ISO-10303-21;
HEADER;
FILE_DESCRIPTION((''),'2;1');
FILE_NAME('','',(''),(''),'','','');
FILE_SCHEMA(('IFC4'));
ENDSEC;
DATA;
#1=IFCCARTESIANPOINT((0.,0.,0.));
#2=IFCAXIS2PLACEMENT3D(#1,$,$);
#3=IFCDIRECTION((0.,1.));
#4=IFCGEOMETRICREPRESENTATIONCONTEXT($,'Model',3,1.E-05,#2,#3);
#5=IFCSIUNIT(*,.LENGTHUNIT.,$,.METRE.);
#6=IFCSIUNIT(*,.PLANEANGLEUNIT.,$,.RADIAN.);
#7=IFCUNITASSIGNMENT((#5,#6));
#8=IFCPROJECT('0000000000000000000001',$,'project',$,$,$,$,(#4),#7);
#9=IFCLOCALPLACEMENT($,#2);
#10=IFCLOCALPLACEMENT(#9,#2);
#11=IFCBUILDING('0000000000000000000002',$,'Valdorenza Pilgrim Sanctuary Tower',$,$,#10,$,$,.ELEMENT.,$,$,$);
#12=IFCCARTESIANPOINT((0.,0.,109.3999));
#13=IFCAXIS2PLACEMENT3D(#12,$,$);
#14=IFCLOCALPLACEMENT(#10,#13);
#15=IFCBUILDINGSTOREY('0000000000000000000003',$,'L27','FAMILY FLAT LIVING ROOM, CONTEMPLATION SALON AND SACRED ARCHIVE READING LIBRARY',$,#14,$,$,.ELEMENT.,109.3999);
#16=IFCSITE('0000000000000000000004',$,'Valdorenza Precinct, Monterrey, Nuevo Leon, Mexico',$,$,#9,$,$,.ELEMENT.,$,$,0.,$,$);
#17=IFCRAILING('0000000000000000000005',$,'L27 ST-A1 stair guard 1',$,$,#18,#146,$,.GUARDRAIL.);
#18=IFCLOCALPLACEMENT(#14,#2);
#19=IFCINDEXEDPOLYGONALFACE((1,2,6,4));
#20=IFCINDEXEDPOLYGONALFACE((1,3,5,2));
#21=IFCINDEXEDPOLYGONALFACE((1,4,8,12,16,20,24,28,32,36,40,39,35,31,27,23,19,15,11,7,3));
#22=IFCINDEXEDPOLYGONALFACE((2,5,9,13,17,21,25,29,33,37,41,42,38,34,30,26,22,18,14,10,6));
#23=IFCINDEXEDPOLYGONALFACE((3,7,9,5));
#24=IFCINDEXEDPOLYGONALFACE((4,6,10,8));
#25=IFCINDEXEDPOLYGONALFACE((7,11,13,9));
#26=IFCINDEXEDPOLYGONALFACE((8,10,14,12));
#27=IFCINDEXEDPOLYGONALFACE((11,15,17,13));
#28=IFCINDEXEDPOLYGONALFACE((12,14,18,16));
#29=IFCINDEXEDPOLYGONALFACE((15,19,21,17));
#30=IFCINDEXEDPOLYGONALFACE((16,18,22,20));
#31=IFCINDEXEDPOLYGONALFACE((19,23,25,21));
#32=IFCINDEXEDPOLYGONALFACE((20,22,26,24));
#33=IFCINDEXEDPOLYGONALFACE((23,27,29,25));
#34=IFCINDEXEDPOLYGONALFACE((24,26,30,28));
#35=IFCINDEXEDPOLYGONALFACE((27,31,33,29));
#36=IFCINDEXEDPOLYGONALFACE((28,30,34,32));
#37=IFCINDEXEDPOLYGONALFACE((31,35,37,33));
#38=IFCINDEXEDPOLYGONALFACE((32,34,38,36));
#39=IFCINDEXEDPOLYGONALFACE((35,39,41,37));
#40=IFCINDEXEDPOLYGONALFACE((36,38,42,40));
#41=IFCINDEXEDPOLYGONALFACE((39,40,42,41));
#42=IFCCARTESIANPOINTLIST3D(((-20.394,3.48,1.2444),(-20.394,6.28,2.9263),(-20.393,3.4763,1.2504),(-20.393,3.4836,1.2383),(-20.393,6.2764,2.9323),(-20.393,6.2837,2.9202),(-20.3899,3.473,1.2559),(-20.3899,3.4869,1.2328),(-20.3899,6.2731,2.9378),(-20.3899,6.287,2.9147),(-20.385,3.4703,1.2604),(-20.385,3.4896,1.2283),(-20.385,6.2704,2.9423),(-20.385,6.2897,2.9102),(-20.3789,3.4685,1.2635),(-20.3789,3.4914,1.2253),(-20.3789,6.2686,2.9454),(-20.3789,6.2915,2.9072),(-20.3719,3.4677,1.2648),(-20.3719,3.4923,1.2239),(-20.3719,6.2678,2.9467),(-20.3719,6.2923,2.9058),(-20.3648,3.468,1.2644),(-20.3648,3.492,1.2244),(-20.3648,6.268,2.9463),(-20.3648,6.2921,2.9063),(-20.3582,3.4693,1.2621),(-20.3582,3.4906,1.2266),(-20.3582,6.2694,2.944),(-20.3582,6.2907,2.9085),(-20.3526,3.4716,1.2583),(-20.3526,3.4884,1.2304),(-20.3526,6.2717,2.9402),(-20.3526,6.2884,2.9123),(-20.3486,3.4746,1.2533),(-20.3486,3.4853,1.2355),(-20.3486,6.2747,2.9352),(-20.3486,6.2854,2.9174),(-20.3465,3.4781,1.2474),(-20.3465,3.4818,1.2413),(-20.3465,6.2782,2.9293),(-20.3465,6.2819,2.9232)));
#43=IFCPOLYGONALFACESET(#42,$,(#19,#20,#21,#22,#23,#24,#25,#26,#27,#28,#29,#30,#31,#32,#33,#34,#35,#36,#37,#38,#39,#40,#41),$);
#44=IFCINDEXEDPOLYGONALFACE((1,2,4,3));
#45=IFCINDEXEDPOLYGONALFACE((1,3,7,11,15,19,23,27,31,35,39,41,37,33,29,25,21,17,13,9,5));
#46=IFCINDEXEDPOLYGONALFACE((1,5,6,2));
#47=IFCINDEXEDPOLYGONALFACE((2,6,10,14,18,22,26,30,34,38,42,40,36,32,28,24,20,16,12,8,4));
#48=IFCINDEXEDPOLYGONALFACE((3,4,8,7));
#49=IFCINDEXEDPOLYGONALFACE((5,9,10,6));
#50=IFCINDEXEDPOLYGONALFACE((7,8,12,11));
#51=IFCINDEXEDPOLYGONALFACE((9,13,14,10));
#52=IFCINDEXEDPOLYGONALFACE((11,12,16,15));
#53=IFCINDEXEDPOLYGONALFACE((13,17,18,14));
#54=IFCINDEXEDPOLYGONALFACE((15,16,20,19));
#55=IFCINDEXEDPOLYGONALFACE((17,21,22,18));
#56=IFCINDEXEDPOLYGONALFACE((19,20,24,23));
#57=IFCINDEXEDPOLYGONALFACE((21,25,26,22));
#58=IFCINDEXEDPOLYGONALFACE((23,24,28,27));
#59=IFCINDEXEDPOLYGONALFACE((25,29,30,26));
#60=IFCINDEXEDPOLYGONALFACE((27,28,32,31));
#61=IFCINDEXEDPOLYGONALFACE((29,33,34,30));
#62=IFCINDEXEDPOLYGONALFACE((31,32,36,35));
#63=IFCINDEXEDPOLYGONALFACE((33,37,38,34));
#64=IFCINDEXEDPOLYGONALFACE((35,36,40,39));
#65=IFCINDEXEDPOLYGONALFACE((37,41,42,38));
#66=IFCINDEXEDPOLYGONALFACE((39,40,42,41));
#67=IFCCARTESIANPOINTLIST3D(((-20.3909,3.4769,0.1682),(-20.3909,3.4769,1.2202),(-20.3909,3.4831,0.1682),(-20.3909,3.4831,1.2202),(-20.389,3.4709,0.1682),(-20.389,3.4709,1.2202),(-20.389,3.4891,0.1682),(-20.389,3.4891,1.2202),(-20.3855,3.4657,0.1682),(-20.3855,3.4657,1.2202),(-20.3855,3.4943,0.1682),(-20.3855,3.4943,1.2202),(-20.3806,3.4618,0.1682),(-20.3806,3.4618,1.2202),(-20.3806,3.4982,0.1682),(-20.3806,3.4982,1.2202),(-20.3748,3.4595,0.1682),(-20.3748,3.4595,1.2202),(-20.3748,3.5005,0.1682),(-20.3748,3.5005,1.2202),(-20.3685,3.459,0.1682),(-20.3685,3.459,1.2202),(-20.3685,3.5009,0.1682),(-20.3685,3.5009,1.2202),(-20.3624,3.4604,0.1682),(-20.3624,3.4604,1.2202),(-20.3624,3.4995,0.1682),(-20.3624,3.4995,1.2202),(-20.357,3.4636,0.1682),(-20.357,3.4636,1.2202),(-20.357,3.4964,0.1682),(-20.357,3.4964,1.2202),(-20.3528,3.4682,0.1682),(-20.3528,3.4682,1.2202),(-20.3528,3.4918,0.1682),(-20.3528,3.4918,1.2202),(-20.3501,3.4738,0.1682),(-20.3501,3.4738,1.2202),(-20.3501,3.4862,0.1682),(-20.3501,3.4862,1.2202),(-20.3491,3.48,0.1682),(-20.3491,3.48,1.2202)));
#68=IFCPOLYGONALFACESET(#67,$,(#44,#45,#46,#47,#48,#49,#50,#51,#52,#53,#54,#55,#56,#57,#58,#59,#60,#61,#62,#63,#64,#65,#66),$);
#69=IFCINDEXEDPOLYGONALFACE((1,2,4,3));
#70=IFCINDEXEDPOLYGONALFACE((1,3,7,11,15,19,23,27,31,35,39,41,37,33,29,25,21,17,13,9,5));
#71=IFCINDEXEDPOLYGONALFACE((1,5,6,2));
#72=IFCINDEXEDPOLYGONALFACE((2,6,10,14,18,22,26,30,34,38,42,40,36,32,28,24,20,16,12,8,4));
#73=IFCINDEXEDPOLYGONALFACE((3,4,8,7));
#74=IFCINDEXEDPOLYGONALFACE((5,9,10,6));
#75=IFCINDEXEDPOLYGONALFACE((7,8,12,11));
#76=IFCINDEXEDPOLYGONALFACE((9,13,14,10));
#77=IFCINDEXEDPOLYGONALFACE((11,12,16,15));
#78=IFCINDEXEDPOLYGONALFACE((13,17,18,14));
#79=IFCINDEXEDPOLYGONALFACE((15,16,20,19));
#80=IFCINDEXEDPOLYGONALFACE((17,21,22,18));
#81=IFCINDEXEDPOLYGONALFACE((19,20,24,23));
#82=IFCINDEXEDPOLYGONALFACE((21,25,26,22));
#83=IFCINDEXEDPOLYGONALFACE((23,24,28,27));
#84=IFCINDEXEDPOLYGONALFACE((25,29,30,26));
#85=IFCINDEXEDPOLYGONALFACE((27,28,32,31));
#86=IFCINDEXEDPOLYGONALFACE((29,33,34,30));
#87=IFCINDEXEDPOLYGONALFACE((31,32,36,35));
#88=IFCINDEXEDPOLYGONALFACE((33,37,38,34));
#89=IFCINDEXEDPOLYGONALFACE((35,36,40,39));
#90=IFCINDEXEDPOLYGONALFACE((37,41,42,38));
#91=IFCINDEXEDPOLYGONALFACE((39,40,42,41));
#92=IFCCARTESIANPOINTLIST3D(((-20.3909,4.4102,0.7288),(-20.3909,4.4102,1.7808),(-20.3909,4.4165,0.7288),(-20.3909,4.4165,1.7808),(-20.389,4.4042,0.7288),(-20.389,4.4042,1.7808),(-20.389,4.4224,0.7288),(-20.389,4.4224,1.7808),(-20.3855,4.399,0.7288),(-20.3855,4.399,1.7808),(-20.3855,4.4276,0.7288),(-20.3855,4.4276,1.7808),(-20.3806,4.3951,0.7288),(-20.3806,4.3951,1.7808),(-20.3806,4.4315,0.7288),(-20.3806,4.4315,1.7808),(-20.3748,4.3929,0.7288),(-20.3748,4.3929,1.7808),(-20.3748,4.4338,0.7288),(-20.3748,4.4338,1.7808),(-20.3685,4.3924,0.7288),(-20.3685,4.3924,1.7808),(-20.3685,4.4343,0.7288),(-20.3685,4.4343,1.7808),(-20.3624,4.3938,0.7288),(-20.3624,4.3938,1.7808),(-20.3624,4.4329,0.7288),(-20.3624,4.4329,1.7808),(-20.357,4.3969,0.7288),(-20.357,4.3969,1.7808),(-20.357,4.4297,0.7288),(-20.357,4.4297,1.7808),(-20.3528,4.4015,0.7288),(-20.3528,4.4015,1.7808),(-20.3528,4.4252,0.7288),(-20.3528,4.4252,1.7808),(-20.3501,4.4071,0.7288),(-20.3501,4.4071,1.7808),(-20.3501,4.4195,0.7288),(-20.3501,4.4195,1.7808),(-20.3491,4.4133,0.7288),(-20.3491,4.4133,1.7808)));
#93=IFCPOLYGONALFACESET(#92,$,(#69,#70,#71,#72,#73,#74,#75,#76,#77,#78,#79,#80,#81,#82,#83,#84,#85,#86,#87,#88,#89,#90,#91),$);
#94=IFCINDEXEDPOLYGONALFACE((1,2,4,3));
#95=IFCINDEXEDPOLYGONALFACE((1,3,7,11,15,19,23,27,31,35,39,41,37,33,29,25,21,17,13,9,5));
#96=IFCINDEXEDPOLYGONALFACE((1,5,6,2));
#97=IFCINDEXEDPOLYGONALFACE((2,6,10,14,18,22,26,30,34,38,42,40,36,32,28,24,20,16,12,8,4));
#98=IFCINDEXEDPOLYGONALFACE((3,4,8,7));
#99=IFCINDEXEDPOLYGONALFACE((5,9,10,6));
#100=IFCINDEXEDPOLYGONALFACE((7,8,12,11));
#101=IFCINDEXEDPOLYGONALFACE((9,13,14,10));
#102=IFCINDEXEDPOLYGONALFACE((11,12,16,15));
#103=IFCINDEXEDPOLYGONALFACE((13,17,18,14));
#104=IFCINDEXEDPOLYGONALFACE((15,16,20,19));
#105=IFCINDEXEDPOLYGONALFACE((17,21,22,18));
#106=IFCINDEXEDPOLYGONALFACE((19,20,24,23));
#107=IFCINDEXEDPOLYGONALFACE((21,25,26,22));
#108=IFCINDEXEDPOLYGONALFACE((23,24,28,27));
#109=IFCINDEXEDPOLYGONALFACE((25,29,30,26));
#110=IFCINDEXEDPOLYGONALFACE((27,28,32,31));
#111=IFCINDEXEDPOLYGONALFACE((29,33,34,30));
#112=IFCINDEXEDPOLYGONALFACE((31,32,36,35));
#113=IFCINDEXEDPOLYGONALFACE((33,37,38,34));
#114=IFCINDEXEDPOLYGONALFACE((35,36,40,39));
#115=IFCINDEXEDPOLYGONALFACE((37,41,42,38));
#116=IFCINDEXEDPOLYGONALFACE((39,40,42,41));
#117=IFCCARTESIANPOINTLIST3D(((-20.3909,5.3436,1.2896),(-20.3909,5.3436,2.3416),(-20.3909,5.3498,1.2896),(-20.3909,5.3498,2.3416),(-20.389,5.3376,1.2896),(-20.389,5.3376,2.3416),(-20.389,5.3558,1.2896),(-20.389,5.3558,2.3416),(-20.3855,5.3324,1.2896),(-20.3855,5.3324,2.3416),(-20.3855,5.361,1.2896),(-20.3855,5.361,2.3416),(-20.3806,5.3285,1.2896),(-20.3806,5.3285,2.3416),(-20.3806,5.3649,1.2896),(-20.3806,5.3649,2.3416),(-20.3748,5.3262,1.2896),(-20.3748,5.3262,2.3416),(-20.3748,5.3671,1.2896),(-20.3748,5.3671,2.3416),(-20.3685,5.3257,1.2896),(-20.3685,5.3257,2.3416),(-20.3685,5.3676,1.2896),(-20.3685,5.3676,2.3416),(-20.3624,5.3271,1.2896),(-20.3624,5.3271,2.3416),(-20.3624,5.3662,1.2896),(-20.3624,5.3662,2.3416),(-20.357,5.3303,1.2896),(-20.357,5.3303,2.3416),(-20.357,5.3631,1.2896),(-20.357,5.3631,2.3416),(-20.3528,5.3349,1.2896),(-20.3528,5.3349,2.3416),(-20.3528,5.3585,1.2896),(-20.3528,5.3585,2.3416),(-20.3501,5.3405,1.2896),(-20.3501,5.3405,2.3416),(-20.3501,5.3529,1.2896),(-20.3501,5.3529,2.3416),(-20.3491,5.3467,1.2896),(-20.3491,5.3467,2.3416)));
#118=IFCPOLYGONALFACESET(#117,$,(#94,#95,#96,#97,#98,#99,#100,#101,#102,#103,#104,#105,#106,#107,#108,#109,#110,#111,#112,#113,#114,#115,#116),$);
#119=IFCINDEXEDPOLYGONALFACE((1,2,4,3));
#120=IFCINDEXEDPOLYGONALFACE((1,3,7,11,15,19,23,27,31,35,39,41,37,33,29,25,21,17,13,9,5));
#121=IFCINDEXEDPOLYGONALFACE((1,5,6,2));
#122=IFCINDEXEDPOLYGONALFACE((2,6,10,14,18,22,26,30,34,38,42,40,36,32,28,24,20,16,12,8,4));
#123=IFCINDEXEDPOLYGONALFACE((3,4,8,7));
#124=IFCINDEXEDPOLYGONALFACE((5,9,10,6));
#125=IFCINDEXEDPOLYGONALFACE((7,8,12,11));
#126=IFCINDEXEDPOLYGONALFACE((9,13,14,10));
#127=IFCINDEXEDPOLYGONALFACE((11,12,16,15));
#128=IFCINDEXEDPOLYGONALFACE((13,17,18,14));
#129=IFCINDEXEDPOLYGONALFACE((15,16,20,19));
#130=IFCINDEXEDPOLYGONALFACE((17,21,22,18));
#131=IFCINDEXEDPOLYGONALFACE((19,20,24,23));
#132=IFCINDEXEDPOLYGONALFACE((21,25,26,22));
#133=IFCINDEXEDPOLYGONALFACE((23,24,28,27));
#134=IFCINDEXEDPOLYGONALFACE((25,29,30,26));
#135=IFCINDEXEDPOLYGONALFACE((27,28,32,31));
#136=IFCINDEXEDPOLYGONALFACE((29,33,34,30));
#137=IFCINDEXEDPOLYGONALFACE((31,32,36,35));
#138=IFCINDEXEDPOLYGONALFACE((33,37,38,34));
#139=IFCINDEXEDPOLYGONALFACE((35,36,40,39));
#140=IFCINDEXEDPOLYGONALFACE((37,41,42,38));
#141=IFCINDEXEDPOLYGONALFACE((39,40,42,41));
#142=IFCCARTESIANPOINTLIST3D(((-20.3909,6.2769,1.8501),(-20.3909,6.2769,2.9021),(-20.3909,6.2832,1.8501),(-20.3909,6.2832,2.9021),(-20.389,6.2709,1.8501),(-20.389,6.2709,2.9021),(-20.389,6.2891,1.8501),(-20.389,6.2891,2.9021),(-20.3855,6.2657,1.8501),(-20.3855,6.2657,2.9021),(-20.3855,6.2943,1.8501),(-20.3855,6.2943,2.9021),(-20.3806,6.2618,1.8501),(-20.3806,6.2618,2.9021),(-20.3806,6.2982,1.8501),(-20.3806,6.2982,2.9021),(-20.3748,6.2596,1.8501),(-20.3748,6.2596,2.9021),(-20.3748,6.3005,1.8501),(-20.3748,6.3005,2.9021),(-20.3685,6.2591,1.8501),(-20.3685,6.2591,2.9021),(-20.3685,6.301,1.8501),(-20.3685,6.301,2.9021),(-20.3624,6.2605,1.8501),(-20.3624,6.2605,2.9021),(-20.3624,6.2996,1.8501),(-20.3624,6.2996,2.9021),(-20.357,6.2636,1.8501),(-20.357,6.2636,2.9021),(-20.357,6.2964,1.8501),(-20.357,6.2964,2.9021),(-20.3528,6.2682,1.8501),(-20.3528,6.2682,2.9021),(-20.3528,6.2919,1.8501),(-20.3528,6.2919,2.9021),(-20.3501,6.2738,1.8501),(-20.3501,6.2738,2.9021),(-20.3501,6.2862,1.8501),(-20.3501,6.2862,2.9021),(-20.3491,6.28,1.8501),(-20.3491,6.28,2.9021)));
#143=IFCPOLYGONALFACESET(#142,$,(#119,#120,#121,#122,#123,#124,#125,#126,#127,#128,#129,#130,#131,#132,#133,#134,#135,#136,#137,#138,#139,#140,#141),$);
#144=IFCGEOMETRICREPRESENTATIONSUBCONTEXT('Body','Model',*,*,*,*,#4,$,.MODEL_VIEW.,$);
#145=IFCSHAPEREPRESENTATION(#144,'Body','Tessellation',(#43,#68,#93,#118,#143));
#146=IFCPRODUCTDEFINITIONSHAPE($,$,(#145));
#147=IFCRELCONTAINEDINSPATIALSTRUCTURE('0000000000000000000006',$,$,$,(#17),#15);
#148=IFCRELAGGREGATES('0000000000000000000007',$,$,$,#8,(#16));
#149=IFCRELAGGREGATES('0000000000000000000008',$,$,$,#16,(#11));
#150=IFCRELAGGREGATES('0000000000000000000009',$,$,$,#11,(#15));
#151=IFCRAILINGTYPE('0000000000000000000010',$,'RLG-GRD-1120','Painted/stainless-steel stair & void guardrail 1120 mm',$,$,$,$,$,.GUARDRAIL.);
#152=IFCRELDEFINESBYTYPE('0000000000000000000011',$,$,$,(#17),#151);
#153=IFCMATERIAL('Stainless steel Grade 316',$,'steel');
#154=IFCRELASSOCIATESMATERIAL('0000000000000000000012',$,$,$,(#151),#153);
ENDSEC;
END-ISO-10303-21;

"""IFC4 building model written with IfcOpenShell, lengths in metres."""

from ifc_helpers import new_model, si_unit, direction, frame, origin, origin_2d, place, context, subcontext, project, spatial, circle, extrude, material, type_object, element, save


model = new_model("IFC4")

# Units and contexts
model_context = context("Model", 3, precision=1e-05, world=origin(), true_north=direction((0.0, 1.0)))
body_context = subcontext(model_context, "Body", "Model", "MODEL_VIEW")
ifc_project = project(units=[si_unit("LENGTHUNIT", "METRE"), si_unit("PLANEANGLEUNIT", "RADIAN")], contexts=[model_context])

# Site, building, storey
site_placement = place(None, origin())
site = spatial("IfcSite", under=ifc_project, at=site_placement, Name="Valdorenza Precinct, Monterrey, Nuevo Leon, Mexico", CompositionType="ELEMENT", RefElevation=0.0)
building_placement = place(site_placement, origin())
building = spatial("IfcBuilding", under=site, at=building_placement, Name="Valdorenza Pilgrim Sanctuary Tower", CompositionType="ELEMENT")
storey_placement = place(building_placement, frame((0.0, 0.0, 109.3999)))
storey = spatial("IfcBuildingStorey", under=building, at=storey_placement, Name="L27", Description="FAMILY FLAT LIVING ROOM, CONTEMPLATION SALON AND SACRED ARCHIVE READING LIBRARY", CompositionType="ELEMENT", Elevation=109.3999)

# Railing
ifc_material_1 = material(Name="Stainless steel Grade 316", Category="steel")
railing_type_1 = type_object("IfcRailingType", Name="RLG-GRD-1120", Description="Painted/stainless-steel stair & void guardrail 1120 mm", PredefinedType="GUARDRAIL", material=ifc_material_1)
railing_1_placement = place(storey_placement, frame((-20.3701, 3.48, 0.1682)))
element("IfcRailing", 1, at=railing_1_placement, inside=storey, type_object=railing_type_1, Name="L27 ST-A1 stair guard 1", PredefinedType="GUARDRAIL", context=body_context, shape_type="SweptSolid", body=[
    extrude(circle(Radius=0.0239, at=origin_2d()), frame((0.0, 0.0, 1.0762), z_axis=(0.0, 0.857242, 0.514913), x_axis=(-1.0, 0.0, 0.0)), (0.0, 0.0, 1.0), 3.2664),
    extrude(circle(Radius=0.021, at=origin_2d()), origin(), (0.0, 0.0, 1.0), 1.052),
    extrude(circle(Radius=0.021, at=origin_2d()), frame((0.0, 0.9333, 0.5605)), (0.0, 0.0, 1.0), 1.052),
    extrude(circle(Radius=0.021, at=origin_2d()), frame((0.0, 1.8667, 1.1213)), (0.0, 0.0, 1.0), 1.052),
    extrude(circle(Radius=0.021, at=origin_2d()), frame((0.0, 2.8, 1.6819)), (0.0, 0.0, 1.0), 1.052),
])

save(model, "model.ifc")
